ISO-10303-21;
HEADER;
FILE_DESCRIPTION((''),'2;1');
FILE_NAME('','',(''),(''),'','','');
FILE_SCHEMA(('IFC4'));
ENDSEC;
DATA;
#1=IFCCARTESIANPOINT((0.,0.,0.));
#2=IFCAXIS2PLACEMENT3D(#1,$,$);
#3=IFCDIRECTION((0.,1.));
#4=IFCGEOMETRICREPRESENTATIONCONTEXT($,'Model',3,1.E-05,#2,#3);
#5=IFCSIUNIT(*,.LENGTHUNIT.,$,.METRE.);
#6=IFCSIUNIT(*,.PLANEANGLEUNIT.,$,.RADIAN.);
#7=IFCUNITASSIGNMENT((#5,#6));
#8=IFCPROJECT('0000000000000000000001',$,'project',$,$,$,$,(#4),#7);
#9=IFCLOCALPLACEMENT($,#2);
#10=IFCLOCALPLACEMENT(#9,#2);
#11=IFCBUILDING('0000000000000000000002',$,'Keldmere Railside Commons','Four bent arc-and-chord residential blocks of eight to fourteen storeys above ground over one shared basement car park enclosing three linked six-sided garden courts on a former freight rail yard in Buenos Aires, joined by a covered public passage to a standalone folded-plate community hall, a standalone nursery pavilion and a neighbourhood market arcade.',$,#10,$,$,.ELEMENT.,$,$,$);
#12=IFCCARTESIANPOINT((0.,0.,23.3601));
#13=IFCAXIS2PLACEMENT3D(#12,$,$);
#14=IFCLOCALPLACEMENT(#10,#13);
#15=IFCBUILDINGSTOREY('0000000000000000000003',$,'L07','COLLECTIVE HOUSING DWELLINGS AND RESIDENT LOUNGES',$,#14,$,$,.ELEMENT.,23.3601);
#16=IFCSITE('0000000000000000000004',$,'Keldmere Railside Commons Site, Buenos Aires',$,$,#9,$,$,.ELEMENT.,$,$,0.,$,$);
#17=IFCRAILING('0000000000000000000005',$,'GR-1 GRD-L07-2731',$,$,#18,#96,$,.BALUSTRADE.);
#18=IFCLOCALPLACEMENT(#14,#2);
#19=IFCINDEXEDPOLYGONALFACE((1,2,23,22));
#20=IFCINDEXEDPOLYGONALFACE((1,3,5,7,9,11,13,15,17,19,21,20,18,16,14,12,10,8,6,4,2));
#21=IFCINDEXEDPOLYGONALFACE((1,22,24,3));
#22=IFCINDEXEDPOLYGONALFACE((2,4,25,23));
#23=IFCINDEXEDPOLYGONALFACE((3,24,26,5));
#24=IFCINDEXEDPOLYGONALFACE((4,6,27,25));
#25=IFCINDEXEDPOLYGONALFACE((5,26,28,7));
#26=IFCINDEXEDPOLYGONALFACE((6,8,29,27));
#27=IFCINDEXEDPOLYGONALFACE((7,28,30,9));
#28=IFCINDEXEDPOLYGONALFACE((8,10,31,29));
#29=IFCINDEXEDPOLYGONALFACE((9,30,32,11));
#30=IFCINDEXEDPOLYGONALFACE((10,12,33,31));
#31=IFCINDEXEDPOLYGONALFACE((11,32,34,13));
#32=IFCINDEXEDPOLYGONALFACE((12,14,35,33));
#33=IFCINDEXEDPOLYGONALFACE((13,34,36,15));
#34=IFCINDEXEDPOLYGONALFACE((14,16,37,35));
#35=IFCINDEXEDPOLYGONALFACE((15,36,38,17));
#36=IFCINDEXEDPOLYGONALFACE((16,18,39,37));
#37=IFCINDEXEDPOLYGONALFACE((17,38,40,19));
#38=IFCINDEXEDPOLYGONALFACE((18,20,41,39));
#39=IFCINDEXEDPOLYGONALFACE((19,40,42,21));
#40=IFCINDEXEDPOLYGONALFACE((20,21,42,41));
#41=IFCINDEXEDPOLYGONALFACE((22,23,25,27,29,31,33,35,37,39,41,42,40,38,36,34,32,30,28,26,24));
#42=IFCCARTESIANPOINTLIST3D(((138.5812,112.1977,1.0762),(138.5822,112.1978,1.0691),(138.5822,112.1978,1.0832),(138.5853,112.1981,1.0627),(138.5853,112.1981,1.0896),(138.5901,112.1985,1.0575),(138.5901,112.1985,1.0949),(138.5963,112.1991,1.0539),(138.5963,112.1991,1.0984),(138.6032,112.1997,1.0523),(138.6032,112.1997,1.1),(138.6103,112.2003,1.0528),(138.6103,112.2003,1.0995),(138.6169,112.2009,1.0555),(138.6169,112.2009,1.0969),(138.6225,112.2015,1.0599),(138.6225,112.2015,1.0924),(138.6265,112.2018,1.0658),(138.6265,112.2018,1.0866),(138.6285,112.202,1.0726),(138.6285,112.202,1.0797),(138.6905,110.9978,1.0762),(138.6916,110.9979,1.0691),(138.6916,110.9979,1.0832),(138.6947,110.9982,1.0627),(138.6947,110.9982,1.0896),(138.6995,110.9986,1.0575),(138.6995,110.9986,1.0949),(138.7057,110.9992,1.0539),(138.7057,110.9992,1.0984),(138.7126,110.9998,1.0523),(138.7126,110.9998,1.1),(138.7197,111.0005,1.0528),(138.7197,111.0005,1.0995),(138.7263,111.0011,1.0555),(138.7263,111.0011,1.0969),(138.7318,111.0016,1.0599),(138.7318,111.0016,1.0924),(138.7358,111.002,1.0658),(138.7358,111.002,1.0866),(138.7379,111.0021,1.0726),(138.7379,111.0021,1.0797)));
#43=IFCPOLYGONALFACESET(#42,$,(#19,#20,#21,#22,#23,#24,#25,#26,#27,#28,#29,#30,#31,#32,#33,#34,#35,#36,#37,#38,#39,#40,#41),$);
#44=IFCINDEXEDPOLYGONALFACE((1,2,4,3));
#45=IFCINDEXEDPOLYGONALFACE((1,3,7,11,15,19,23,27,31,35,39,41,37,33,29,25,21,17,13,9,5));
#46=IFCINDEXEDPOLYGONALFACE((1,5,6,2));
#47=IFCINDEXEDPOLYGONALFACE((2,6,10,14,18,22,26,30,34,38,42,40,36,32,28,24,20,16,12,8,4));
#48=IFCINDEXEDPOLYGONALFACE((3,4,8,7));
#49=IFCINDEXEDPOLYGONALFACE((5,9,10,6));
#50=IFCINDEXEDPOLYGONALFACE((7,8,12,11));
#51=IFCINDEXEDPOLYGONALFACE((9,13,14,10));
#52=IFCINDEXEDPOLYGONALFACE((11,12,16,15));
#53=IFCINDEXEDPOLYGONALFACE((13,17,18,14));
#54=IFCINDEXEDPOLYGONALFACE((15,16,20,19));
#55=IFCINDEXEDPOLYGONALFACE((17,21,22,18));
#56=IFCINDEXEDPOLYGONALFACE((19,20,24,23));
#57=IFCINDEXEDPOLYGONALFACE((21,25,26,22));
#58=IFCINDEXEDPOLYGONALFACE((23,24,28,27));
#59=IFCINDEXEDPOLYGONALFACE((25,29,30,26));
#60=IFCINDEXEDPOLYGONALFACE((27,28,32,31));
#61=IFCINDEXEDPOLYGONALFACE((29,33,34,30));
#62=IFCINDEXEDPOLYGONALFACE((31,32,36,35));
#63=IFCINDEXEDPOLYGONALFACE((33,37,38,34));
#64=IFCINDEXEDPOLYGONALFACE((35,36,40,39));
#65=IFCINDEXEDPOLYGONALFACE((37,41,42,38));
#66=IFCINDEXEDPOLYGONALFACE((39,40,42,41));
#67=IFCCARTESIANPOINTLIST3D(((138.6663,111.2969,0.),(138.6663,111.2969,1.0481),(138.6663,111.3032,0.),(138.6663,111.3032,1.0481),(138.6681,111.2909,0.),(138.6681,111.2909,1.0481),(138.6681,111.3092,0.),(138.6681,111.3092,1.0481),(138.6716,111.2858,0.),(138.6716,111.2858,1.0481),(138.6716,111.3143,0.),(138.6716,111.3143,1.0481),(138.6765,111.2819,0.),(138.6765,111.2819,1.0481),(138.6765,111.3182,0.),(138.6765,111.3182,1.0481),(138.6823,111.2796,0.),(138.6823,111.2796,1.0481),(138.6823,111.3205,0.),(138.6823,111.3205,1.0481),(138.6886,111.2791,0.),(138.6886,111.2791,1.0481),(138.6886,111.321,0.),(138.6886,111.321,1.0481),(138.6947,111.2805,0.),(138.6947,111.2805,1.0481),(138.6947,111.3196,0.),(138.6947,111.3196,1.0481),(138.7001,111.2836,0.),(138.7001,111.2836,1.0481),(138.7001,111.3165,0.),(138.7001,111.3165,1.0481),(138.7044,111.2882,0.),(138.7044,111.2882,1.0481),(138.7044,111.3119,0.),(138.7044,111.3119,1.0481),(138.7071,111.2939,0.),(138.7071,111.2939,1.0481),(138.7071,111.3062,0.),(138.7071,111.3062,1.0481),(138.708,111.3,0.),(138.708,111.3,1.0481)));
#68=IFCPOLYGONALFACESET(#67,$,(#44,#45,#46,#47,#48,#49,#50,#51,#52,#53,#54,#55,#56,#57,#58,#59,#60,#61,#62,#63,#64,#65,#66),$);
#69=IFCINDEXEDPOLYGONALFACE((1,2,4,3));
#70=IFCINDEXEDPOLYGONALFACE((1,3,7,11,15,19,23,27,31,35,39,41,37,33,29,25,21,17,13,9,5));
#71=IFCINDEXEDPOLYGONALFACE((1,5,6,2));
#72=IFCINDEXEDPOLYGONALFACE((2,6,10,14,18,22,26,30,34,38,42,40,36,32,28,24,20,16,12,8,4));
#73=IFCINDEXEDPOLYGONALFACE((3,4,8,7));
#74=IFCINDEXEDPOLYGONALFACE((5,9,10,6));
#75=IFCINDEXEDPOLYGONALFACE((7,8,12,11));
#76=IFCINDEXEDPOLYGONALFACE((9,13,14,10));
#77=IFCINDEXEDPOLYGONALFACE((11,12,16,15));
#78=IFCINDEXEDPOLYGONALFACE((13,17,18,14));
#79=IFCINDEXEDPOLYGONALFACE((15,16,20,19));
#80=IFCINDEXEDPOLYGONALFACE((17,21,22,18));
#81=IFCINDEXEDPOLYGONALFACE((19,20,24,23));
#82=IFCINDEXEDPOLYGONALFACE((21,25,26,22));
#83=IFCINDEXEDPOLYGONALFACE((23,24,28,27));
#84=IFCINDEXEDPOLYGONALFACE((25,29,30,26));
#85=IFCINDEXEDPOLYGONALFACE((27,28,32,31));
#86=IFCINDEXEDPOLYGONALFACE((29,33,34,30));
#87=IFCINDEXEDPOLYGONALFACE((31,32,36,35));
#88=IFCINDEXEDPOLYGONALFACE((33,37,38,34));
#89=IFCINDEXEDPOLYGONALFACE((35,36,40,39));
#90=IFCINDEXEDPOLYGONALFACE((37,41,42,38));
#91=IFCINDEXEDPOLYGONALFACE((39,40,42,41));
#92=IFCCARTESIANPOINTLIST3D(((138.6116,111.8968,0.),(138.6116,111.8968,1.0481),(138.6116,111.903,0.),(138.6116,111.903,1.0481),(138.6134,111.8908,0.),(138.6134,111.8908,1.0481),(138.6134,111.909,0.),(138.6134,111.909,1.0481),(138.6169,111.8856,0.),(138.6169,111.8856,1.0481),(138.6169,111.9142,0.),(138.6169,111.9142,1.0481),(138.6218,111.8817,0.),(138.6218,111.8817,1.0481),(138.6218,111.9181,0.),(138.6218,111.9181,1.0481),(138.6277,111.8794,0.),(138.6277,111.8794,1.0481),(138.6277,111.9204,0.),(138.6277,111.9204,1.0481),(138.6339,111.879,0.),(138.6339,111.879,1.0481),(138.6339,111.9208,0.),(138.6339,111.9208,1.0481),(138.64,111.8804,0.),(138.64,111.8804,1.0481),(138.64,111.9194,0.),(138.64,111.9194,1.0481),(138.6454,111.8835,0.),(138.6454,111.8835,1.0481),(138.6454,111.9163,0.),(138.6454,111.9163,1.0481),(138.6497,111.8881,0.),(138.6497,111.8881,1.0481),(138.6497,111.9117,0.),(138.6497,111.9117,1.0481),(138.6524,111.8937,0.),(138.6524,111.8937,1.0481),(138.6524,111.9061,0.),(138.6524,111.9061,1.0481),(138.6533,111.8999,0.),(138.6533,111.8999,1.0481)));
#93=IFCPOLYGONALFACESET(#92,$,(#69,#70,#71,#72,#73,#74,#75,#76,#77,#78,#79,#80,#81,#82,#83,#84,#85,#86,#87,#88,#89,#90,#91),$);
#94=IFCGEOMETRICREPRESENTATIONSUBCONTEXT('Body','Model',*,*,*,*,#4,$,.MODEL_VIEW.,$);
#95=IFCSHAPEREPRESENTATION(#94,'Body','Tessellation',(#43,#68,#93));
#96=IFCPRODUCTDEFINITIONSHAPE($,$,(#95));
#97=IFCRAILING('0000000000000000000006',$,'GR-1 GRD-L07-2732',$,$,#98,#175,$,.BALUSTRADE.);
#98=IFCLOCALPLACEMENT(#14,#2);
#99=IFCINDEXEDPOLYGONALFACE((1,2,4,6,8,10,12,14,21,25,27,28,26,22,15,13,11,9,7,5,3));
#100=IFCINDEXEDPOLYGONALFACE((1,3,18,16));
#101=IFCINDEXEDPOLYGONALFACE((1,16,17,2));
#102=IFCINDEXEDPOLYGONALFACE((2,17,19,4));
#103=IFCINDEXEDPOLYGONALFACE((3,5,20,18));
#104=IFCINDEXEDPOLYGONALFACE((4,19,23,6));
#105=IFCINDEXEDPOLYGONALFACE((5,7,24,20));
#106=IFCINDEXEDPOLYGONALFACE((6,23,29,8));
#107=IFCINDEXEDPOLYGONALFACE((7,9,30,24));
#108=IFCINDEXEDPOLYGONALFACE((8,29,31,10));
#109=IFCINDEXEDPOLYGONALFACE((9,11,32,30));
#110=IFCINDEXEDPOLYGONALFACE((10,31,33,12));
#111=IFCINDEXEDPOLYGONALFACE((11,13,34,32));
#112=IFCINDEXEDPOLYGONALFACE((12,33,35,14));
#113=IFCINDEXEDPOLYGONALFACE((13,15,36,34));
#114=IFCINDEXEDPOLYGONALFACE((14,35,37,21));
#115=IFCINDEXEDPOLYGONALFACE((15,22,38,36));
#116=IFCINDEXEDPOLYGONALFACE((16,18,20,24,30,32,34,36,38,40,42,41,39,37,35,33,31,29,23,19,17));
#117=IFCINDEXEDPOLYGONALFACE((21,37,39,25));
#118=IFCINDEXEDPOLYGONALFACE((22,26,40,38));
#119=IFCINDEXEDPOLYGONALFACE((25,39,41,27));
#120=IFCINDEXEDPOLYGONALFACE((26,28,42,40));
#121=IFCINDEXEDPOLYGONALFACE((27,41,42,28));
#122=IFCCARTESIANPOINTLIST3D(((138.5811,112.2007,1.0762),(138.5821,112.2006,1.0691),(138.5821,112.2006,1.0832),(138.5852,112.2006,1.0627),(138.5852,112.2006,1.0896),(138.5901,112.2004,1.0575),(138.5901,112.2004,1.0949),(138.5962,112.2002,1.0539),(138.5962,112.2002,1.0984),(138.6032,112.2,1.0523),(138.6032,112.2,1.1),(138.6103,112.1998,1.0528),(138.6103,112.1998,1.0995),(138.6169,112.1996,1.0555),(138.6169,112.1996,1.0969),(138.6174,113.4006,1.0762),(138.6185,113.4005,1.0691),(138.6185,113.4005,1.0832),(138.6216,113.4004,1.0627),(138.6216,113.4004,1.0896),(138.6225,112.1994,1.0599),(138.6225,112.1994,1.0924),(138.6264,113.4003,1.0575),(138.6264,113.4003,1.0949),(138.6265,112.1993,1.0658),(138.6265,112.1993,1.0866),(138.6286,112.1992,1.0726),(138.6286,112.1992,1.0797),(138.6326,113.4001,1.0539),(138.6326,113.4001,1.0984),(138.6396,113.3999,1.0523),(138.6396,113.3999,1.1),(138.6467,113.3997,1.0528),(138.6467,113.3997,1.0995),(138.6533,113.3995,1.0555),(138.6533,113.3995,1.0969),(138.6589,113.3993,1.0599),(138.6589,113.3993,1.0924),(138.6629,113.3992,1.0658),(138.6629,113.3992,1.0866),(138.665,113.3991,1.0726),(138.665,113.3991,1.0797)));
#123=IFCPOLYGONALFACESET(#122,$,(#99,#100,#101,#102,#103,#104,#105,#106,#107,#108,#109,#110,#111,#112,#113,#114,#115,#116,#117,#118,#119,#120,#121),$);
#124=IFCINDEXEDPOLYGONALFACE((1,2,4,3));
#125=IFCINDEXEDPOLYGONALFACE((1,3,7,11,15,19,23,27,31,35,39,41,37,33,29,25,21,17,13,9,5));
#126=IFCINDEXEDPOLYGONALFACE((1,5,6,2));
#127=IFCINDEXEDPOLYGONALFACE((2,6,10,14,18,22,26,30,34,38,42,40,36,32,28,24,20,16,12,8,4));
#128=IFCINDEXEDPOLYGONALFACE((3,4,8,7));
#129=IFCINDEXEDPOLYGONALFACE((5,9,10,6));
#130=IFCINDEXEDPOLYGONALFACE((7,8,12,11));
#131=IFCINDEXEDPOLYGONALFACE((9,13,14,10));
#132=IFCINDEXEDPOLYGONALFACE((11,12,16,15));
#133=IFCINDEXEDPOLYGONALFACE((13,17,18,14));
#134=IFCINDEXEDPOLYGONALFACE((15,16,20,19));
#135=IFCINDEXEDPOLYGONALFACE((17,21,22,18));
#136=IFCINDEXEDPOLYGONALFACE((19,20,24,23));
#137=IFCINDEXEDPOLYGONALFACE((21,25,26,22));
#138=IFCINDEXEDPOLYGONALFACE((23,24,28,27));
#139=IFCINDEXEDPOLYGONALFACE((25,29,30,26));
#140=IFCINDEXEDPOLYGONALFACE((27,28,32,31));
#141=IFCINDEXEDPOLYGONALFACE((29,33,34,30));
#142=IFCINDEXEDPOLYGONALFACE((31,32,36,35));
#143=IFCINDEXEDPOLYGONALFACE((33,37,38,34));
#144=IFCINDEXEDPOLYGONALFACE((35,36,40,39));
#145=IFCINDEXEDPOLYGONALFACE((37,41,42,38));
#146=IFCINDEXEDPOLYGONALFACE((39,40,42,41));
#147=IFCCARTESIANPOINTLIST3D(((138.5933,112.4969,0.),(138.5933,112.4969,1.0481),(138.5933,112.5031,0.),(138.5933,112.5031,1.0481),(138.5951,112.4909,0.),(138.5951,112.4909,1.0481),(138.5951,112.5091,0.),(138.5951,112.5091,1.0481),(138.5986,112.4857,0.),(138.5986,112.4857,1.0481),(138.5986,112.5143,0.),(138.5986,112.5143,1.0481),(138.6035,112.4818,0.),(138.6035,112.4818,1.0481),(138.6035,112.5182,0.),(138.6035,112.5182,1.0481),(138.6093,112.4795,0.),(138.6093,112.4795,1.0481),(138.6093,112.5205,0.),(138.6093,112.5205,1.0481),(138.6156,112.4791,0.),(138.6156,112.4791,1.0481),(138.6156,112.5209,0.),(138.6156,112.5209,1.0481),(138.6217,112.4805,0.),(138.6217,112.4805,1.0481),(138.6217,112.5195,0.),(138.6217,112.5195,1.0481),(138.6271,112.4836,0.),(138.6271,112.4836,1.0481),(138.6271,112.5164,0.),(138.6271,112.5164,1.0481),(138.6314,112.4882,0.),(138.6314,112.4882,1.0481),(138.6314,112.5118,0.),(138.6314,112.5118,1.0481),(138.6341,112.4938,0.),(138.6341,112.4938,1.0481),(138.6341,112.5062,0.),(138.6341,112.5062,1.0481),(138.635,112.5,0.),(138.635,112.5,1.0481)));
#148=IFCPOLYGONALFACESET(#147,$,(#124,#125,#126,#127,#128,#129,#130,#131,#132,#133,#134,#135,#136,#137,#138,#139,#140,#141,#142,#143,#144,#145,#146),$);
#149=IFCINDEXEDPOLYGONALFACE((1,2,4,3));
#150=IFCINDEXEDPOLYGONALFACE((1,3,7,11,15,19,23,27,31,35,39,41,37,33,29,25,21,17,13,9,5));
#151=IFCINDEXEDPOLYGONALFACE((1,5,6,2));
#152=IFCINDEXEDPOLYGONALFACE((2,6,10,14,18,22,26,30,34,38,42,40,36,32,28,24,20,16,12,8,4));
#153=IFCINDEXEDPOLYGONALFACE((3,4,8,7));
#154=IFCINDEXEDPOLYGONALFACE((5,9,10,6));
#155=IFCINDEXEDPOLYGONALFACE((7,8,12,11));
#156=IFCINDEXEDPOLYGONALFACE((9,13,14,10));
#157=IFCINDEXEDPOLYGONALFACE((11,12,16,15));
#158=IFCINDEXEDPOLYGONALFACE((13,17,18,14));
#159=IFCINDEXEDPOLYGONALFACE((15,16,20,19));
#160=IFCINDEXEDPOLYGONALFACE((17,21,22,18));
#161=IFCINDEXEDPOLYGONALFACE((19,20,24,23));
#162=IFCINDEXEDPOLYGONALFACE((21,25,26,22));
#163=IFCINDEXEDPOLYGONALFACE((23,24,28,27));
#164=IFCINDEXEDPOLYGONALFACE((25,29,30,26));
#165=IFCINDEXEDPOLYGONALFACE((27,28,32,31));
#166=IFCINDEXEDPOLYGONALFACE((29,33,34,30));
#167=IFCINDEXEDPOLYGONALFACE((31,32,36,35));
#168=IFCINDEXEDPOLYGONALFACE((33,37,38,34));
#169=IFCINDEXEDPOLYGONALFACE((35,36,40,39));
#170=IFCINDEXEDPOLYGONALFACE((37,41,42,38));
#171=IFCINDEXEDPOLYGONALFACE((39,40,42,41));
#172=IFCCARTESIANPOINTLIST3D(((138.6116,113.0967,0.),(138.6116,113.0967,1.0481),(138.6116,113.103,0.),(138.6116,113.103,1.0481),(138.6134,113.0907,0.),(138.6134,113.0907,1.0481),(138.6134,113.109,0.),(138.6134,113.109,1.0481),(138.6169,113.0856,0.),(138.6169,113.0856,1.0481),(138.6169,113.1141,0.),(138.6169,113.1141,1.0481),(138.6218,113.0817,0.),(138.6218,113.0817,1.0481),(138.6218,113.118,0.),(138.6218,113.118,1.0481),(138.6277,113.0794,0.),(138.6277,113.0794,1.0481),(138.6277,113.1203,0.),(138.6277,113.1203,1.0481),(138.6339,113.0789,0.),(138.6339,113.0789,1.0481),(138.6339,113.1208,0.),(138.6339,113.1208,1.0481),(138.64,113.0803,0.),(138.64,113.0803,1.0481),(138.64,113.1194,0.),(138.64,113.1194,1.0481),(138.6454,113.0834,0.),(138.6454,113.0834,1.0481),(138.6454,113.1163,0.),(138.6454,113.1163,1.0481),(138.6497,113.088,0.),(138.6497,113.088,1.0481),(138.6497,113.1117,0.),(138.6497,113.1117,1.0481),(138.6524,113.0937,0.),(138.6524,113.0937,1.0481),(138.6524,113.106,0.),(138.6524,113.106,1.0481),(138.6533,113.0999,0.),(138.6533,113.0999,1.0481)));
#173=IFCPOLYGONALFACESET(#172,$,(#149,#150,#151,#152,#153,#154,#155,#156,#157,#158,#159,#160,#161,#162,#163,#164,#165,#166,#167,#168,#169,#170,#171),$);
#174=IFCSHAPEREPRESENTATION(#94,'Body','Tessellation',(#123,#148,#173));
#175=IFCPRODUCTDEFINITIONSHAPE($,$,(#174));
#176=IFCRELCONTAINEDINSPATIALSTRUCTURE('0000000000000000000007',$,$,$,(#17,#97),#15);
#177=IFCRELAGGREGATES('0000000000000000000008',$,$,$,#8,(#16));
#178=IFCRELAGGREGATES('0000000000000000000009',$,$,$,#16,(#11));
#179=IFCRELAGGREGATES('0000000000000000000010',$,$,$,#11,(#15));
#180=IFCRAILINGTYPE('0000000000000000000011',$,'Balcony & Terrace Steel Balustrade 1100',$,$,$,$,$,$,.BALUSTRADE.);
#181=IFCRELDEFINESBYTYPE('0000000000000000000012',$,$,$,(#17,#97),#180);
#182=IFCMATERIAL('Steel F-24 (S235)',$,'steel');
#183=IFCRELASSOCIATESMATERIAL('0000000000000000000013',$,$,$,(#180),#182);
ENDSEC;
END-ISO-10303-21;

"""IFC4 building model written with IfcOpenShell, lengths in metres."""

from ifc_helpers import new_model, si_unit, direction, frame, origin, origin_2d, place, context, subcontext, project, spatial, circle, extrude, material, type_object, element, save


model = new_model("IFC4")

# Units and contexts
model_context = context("Model", 3, precision=1e-05, world=origin(), true_north=direction((0.0, 1.0)))
body_context = subcontext(model_context, "Body", "Model", "MODEL_VIEW")
ifc_project = project(units=[si_unit("LENGTHUNIT", "METRE"), si_unit("PLANEANGLEUNIT", "RADIAN")], contexts=[model_context])

# Site, building, storey
site_placement = place(None, origin())
site = spatial("IfcSite", under=ifc_project, at=site_placement, Name="Keldmere Railside Commons Site, Buenos Aires", CompositionType="ELEMENT", RefElevation=0.0)
building_placement = place(site_placement, origin())
building = spatial("IfcBuilding", under=site, at=building_placement, Name="Keldmere Railside Commons", Description="Four bent arc-and-chord residential blocks of eight to fourteen storeys above ground over one shared basement car park enclosing three linked six-sided garden courts on a former freight rail yard in Buenos Aires, joined by a covered public passage to a standalone folded-plate community hall, a standalone nursery pavilion and a neighbourhood market arcade.", CompositionType="ELEMENT")
storey_placement = place(building_placement, frame((0.0, 0.0, 23.3601)))
storey = spatial("IfcBuildingStorey", under=building, at=storey_placement, Name="L07", Description="COLLECTIVE HOUSING DWELLINGS AND RESIDENT LOUNGES", CompositionType="ELEMENT", Elevation=23.3601)

# Railings
ifc_material_1 = material(Name="Steel F-24 (S235)", Category="steel")
railing_type = type_object("IfcRailingType", Name="Balcony & Terrace Steel Balustrade 1100", PredefinedType="BALUSTRADE", material=ifc_material_1)
railing_1_placement = place(storey_placement, frame((138.7144, 111.0, 0.0)))
element("IfcRailing", 1, at=railing_1_placement, inside=storey, type_object=railing_type, Name="GR-1 GRD-L07-2731", PredefinedType="BALUSTRADE", context=body_context, shape_type="SweptSolid", body=[
    extrude(circle(Radius=0.0239, at=origin_2d()), frame((0.0, 0.0, 1.0762), z_axis=(-0.090773, 0.995872, 0.0), x_axis=(-0.995872, -0.090773, 0.0)), (0.0, 0.0, 1.0), 1.2048),
    extrude(circle(Radius=0.021, at=origin_2d()), frame((-0.0273, 0.3, 0.0)), (0.0, 0.0, 1.0), 1.0481),
    extrude(circle(Radius=0.021, at=origin_2d()), frame((-0.082, 0.8999, 0.0)), (0.0, 0.0, 1.0), 1.0481),
])
railing_2_placement = place(storey_placement, frame((138.605, 112.2, 0.0)))
element("IfcRailing", 2, at=railing_2_placement, inside=storey, type_object=railing_type, Name="GR-1 GRD-L07-2732", PredefinedType="BALUSTRADE", context=body_context, shape_type="SweptSolid", body=[
    extrude(circle(Radius=0.0239, at=origin_2d()), frame((0.0, 0.0, 1.0762), z_axis=(0.030301, 0.999541, 0.0), x_axis=(-0.999541, 0.030301, 0.0)), (0.0, 0.0, 1.0), 1.2004),
    extrude(circle(Radius=0.021, at=origin_2d()), frame((0.009, 0.3, 0.0)), (0.0, 0.0, 1.0), 1.0481),
    extrude(circle(Radius=0.021, at=origin_2d()), frame((0.0273, 0.8999, 0.0)), (0.0, 0.0, 1.0), 1.0481),
])

save(model, "model.ifc")
